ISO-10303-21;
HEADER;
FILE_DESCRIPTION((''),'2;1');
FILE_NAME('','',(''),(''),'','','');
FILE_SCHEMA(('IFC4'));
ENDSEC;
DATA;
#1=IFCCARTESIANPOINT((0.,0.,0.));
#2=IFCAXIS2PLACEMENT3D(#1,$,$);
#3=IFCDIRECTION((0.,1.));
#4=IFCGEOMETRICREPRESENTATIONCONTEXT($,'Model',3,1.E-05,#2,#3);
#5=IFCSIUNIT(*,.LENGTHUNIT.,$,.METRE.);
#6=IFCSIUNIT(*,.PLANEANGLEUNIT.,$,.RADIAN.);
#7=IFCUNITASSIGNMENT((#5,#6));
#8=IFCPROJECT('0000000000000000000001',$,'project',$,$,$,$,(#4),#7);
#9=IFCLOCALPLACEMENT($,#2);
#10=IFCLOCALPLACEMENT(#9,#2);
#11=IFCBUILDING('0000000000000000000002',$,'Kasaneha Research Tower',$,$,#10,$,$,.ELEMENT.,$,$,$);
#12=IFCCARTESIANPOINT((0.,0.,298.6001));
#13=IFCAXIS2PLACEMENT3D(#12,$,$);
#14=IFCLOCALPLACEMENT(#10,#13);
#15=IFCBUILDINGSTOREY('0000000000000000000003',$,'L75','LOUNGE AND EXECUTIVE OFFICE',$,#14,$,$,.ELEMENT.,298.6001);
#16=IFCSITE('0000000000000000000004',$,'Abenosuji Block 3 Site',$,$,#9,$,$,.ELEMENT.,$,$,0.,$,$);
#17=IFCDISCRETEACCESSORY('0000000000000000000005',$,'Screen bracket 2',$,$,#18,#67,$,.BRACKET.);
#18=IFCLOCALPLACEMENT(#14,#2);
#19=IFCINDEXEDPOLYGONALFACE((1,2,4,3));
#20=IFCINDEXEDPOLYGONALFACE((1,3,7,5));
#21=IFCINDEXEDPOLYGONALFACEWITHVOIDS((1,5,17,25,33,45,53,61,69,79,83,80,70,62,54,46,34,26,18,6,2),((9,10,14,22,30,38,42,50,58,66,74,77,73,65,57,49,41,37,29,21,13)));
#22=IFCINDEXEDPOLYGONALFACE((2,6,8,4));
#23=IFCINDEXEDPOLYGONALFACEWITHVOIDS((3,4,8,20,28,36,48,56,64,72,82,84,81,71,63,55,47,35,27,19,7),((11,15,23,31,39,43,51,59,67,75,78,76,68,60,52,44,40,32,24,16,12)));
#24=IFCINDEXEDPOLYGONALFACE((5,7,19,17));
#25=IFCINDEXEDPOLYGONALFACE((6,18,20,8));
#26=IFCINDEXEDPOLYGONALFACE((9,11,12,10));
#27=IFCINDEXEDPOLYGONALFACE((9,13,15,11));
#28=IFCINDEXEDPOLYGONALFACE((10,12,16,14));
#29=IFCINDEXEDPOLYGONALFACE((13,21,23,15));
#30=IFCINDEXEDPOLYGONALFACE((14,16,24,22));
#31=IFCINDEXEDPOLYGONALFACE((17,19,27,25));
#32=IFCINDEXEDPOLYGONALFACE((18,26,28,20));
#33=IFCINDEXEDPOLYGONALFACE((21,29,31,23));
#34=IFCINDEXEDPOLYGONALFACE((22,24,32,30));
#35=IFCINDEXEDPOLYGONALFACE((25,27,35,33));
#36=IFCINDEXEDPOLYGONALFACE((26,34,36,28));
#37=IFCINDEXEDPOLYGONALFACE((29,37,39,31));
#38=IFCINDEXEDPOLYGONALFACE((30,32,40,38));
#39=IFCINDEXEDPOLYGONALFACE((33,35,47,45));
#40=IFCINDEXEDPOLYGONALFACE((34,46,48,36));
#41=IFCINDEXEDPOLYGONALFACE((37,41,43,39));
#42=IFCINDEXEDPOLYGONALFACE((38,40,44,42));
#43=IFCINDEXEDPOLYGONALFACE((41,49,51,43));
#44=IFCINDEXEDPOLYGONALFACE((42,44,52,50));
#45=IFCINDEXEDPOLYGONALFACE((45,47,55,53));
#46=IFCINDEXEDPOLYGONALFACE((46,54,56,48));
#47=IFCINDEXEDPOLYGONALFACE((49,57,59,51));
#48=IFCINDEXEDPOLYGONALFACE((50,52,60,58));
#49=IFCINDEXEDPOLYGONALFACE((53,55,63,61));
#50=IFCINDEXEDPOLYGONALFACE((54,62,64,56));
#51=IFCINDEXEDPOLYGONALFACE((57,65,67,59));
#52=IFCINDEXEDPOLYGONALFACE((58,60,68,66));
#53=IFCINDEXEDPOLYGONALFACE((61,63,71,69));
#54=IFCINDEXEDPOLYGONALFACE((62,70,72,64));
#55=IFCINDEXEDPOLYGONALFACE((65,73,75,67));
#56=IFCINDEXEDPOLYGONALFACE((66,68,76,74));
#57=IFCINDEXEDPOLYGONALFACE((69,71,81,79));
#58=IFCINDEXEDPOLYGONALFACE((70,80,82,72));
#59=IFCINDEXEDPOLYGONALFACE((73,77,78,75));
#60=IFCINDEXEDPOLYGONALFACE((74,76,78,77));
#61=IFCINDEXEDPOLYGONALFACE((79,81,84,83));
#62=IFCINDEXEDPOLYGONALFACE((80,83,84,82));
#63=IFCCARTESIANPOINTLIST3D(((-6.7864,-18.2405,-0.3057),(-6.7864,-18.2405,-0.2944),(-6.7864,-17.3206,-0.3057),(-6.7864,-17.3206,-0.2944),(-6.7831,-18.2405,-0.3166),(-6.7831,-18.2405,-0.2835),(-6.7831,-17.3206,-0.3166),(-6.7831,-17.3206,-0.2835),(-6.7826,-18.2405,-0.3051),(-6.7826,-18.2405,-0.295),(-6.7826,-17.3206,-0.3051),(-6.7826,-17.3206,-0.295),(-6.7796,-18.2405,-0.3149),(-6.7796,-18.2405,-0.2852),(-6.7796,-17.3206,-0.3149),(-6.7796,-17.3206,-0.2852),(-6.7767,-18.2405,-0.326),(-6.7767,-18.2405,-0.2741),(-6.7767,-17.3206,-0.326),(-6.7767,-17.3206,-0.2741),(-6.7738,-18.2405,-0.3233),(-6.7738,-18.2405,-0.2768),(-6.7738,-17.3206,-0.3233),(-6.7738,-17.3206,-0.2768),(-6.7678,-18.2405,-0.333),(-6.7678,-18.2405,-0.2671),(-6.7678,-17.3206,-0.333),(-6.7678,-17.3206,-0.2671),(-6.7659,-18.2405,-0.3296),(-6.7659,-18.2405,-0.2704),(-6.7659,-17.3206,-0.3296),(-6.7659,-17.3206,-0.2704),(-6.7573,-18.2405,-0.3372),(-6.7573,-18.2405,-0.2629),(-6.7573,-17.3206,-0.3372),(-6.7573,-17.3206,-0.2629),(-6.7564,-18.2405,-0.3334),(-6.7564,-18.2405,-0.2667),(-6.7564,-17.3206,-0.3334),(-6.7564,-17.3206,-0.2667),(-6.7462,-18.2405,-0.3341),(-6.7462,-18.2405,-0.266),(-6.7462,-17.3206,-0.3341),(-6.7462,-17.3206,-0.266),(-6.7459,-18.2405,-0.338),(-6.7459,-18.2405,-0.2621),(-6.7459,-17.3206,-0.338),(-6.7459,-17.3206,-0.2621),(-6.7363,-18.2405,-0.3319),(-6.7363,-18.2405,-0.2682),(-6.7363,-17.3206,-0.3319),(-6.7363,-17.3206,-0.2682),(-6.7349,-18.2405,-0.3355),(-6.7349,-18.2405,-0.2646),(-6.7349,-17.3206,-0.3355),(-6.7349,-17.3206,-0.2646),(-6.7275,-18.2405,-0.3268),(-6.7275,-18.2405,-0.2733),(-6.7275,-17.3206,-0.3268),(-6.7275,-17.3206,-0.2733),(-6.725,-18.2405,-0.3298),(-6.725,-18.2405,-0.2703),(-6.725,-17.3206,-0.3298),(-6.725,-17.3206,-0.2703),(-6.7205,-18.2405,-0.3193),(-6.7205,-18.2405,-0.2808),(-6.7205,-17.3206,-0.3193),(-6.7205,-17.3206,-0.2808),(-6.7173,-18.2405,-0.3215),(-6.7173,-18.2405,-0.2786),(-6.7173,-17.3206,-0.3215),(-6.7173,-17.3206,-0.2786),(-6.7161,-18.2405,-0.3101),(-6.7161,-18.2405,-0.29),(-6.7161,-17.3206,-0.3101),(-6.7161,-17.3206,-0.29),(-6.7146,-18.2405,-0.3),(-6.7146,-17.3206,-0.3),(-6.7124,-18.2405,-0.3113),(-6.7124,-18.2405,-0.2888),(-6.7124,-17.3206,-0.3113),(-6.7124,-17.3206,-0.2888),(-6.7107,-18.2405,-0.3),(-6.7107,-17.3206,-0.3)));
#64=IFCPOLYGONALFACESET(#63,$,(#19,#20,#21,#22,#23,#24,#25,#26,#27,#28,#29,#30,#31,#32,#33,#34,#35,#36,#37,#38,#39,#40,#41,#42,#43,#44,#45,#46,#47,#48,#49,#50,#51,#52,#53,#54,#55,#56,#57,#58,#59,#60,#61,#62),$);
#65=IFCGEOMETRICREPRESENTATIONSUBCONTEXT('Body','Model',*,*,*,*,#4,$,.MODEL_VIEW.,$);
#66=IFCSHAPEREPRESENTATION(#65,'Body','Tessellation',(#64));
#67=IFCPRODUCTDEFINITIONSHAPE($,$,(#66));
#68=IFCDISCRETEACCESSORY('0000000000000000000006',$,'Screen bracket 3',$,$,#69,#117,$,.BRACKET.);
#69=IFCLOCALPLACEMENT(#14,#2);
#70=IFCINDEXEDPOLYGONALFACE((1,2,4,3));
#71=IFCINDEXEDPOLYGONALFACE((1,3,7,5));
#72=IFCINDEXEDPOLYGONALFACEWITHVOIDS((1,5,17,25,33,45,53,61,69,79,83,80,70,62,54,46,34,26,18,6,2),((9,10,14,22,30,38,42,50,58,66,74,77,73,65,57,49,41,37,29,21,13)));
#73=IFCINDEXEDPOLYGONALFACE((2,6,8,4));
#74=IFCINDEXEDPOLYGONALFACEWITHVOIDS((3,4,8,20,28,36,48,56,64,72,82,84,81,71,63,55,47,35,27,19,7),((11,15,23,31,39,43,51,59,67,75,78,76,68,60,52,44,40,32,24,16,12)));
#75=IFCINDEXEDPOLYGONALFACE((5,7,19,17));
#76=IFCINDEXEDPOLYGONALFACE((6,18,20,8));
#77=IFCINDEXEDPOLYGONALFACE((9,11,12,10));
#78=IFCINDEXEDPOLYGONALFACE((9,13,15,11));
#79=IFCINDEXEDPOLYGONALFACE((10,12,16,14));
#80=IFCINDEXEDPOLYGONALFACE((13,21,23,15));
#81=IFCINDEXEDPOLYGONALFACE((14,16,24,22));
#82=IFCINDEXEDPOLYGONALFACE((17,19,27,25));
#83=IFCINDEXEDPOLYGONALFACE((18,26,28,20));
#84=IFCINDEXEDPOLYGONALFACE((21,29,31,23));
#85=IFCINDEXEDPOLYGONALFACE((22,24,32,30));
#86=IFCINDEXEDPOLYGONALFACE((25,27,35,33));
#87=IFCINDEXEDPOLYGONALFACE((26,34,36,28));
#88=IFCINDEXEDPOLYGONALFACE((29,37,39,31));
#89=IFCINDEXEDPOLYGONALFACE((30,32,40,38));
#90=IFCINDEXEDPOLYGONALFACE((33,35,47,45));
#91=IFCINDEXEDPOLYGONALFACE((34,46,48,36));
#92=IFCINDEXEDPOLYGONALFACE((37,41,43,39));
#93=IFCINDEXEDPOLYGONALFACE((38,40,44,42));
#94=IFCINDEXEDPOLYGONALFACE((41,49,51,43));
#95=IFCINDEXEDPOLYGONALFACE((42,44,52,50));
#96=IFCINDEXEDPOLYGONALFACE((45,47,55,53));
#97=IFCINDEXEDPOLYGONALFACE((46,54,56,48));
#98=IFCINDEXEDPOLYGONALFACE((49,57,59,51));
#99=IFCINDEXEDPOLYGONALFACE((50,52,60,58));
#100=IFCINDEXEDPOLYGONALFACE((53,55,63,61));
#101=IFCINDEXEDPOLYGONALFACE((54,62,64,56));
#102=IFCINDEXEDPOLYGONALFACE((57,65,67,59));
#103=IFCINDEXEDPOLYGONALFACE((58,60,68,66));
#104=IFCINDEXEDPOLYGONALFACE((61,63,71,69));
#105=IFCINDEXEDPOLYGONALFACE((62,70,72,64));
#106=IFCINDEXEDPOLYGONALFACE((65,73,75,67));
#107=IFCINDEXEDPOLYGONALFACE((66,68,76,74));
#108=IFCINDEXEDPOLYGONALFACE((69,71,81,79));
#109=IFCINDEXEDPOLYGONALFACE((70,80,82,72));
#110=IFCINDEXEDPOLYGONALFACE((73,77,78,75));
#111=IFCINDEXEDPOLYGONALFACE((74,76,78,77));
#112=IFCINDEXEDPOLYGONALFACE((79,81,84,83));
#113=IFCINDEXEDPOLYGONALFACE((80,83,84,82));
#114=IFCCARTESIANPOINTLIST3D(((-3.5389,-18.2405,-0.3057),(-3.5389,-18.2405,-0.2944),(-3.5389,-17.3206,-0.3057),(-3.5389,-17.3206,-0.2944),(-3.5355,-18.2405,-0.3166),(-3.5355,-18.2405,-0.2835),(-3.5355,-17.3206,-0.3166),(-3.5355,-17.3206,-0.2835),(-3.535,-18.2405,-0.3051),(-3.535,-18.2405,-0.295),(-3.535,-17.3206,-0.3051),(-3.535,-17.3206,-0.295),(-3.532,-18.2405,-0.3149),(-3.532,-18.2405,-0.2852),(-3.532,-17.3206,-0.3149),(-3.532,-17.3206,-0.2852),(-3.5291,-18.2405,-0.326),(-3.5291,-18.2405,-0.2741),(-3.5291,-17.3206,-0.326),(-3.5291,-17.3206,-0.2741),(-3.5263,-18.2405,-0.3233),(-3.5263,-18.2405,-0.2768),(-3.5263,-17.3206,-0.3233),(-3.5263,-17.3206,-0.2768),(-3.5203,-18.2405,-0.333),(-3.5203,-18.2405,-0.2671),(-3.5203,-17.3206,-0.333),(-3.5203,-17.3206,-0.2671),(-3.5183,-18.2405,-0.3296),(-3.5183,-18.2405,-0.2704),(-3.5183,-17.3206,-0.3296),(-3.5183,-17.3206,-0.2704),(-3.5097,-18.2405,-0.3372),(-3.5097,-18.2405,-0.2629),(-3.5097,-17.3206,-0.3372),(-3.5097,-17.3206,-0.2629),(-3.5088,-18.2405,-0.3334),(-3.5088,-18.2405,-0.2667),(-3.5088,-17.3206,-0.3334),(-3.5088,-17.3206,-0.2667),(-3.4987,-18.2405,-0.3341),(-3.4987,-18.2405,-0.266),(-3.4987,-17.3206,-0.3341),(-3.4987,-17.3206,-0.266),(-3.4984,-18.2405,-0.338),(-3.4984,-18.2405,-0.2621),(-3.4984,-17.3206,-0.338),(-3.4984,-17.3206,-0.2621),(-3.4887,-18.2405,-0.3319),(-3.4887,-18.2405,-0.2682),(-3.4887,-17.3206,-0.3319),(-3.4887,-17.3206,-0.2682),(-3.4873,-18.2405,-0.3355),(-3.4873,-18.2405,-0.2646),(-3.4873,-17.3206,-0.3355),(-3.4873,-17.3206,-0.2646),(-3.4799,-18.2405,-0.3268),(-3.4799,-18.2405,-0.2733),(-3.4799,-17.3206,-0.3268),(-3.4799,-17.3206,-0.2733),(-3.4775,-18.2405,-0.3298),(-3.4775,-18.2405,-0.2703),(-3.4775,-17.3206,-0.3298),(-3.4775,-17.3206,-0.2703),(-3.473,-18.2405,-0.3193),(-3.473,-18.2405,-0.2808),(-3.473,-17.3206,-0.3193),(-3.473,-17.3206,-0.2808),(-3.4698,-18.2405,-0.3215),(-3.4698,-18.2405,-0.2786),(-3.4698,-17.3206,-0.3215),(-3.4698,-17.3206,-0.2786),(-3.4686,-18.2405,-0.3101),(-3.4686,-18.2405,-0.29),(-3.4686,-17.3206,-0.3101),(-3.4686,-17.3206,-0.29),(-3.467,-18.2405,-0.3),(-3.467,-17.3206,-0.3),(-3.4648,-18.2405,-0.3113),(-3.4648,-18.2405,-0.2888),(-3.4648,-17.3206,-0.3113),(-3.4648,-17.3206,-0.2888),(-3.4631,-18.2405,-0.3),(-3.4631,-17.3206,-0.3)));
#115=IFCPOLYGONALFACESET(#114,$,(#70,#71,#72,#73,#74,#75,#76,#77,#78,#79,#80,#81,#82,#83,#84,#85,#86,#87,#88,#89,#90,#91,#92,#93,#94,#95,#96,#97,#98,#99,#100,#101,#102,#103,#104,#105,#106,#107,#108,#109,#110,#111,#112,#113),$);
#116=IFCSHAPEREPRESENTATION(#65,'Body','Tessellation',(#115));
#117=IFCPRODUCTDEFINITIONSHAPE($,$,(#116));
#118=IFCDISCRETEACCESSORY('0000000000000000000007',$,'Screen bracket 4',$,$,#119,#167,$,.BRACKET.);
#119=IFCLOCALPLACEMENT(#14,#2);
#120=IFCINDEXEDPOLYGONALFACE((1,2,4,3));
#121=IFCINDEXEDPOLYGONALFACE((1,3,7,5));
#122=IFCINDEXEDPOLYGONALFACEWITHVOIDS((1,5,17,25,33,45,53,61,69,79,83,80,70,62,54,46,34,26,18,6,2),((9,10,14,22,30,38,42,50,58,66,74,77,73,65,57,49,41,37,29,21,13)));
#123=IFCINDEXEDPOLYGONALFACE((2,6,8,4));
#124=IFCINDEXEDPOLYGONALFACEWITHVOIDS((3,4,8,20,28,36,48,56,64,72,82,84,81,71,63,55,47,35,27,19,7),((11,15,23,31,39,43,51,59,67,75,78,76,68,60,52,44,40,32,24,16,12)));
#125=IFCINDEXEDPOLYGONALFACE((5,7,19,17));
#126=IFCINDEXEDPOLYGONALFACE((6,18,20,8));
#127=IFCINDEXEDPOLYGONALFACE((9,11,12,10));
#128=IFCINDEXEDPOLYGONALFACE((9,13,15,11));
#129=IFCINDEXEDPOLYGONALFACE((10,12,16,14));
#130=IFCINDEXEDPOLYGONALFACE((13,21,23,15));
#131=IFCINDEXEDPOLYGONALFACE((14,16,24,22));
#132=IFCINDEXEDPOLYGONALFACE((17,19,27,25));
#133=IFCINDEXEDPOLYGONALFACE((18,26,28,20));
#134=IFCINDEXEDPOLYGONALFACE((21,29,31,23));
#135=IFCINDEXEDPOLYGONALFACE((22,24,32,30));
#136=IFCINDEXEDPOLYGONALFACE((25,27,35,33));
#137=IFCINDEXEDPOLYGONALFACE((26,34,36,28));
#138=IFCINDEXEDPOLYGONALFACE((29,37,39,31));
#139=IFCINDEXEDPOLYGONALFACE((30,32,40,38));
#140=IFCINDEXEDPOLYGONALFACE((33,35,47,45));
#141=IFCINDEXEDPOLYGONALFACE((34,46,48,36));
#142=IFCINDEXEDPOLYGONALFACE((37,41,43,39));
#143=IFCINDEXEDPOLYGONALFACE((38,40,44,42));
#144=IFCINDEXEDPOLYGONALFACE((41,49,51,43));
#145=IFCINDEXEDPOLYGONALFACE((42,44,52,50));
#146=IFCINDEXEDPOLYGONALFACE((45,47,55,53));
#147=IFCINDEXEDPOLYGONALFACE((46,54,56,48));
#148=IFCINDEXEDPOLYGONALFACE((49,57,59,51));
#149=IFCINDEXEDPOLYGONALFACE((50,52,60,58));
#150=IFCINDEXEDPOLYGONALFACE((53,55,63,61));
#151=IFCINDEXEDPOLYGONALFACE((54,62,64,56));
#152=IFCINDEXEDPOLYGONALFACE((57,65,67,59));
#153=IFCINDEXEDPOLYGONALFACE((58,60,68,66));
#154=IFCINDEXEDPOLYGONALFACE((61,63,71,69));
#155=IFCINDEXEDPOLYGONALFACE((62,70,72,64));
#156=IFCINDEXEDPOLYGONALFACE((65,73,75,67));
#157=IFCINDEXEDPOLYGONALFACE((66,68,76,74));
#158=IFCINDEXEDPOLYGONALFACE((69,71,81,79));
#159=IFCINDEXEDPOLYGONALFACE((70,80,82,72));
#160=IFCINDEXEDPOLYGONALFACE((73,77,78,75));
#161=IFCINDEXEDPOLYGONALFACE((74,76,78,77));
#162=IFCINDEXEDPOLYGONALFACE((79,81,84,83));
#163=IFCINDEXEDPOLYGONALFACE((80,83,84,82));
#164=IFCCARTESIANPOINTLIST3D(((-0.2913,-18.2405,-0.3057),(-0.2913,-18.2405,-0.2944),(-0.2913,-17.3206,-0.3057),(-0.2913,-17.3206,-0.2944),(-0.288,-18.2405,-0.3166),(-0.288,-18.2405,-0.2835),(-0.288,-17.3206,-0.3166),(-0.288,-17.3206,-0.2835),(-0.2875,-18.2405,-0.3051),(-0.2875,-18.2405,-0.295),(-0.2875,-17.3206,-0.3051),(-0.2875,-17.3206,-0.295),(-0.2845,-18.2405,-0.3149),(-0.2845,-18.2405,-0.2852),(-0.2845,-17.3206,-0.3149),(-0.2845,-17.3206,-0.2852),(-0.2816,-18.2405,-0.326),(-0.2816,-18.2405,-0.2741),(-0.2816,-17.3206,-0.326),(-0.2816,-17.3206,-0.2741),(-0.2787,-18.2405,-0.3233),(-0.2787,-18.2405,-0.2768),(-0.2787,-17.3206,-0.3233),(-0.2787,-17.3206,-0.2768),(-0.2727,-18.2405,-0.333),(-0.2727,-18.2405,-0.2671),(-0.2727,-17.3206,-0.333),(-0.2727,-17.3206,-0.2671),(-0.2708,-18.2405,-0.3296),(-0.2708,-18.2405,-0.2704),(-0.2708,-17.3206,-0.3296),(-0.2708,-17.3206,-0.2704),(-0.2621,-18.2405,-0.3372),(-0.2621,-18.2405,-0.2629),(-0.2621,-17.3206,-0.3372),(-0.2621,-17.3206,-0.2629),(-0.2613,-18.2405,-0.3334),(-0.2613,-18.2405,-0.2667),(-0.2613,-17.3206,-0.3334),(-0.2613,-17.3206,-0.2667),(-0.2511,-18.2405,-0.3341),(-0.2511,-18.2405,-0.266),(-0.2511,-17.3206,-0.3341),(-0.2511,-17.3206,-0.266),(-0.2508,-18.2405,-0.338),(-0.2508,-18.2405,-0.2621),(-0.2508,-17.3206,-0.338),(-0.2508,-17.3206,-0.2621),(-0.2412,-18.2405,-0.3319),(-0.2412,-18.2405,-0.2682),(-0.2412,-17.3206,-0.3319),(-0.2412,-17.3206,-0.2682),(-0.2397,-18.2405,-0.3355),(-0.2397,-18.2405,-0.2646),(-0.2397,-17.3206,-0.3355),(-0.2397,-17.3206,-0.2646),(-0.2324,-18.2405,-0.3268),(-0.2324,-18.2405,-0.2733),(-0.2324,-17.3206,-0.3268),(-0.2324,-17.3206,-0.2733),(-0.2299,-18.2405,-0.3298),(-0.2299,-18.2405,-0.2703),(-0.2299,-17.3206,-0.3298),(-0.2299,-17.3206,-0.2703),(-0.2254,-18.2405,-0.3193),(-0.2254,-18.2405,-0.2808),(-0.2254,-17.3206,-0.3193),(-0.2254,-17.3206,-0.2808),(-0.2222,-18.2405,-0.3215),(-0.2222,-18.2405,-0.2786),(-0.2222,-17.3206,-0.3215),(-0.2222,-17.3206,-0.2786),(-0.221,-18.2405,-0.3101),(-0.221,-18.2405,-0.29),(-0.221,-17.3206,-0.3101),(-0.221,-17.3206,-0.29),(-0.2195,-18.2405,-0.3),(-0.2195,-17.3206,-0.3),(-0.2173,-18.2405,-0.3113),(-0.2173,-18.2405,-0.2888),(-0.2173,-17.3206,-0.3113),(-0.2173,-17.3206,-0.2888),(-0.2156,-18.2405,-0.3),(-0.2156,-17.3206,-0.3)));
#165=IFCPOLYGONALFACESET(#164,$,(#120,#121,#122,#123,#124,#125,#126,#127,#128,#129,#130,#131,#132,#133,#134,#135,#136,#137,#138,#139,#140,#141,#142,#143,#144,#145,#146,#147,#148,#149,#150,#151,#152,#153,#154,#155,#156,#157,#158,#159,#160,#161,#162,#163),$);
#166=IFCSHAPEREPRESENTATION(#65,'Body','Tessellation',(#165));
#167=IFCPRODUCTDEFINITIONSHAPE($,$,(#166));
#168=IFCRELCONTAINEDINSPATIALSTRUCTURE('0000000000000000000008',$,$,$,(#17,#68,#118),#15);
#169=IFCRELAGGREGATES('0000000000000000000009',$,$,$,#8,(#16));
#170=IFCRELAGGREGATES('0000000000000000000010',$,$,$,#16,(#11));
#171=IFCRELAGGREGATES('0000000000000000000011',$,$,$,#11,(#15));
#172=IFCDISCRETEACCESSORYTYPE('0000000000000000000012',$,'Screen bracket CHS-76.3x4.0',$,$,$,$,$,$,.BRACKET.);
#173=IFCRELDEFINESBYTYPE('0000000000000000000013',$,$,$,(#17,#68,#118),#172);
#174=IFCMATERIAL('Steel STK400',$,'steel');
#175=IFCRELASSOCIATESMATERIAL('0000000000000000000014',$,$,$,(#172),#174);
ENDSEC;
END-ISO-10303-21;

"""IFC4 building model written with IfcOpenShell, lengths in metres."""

from ifc_helpers import new_model, si_unit, direction, frame, origin, origin_2d, place, context, subcontext, project, spatial, hollow_circle, extrude, material, material_profile, profile_set, type_object, element, save


model = new_model("IFC4")

# Units and contexts
model_context = context("Model", 3, precision=1e-05, world=origin(), true_north=direction((0.0, 1.0)))
body_context = subcontext(model_context, "Body", "Model", "MODEL_VIEW")
ifc_project = project(units=[si_unit("LENGTHUNIT", "METRE"), si_unit("PLANEANGLEUNIT", "RADIAN")], contexts=[model_context])

# Site, building, storey
site_placement = place(None, origin())
site = spatial("IfcSite", under=ifc_project, at=site_placement, Name="Abenosuji Block 3 Site", CompositionType="ELEMENT", RefElevation=0.0)
building_placement = place(site_placement, origin())
building = spatial("IfcBuilding", under=site, at=building_placement, Name="Kasaneha Research Tower", CompositionType="ELEMENT")
storey_placement = place(building_placement, frame((0.0, 0.0, 298.6001)))
storey = spatial("IfcBuildingStorey", under=building, at=storey_placement, Name="L75", Description="LOUNGE AND EXECUTIVE OFFICE", CompositionType="ELEMENT", Elevation=298.6001)

# Discrete accessories
ifc_material_1 = material(Name="Steel STK400", Category="steel")
ifc_material_profile_1 = material_profile(ifc_material_1, hollow_circle(Radius=0.0381, WallThickness=0.0039, at=origin_2d()), Name="CHS-76.3x4.0")
ifc_profile_set_1 = profile_set([ifc_material_profile_1], Name="Steel STK400")
discrete_accessory_type = type_object("IfcDiscreteAccessoryType", Name="Screen bracket CHS-76.3x4.0", PredefinedType="BRACKET", material=ifc_profile_set_1)
for number, where, z_axis, x_axis, name in (
    (1, (-6.7488, -17.3206, -0.3), (0.0, -1.0, 0.0), (1.0, 0.0, 0.0), "Screen bracket 2"),
    (2, (-3.5012, -17.3206, -0.3), (0.0, -1.0, 0.0), (1.0, 0.0, 0.0), "Screen bracket 3"),
    (3, (-0.2537, -17.3206, -0.3), (0.0, -1.0, 0.0), (1.0, 0.0, 0.0), "Screen bracket 4"),
):
    element("IfcDiscreteAccessory", number, at=place(storey_placement, frame(where, z_axis=z_axis, x_axis=x_axis)), inside=storey, type_object=discrete_accessory_type, Name=name, PredefinedType="BRACKET", context=body_context, shape_type="SweptSolid", body=[
        extrude(hollow_circle(Radius=0.0381, WallThickness=0.0039, at=origin_2d()), origin(), (0.0, 0.0, 1.0), 0.9199),
    ])

save(model, "model.ifc")
